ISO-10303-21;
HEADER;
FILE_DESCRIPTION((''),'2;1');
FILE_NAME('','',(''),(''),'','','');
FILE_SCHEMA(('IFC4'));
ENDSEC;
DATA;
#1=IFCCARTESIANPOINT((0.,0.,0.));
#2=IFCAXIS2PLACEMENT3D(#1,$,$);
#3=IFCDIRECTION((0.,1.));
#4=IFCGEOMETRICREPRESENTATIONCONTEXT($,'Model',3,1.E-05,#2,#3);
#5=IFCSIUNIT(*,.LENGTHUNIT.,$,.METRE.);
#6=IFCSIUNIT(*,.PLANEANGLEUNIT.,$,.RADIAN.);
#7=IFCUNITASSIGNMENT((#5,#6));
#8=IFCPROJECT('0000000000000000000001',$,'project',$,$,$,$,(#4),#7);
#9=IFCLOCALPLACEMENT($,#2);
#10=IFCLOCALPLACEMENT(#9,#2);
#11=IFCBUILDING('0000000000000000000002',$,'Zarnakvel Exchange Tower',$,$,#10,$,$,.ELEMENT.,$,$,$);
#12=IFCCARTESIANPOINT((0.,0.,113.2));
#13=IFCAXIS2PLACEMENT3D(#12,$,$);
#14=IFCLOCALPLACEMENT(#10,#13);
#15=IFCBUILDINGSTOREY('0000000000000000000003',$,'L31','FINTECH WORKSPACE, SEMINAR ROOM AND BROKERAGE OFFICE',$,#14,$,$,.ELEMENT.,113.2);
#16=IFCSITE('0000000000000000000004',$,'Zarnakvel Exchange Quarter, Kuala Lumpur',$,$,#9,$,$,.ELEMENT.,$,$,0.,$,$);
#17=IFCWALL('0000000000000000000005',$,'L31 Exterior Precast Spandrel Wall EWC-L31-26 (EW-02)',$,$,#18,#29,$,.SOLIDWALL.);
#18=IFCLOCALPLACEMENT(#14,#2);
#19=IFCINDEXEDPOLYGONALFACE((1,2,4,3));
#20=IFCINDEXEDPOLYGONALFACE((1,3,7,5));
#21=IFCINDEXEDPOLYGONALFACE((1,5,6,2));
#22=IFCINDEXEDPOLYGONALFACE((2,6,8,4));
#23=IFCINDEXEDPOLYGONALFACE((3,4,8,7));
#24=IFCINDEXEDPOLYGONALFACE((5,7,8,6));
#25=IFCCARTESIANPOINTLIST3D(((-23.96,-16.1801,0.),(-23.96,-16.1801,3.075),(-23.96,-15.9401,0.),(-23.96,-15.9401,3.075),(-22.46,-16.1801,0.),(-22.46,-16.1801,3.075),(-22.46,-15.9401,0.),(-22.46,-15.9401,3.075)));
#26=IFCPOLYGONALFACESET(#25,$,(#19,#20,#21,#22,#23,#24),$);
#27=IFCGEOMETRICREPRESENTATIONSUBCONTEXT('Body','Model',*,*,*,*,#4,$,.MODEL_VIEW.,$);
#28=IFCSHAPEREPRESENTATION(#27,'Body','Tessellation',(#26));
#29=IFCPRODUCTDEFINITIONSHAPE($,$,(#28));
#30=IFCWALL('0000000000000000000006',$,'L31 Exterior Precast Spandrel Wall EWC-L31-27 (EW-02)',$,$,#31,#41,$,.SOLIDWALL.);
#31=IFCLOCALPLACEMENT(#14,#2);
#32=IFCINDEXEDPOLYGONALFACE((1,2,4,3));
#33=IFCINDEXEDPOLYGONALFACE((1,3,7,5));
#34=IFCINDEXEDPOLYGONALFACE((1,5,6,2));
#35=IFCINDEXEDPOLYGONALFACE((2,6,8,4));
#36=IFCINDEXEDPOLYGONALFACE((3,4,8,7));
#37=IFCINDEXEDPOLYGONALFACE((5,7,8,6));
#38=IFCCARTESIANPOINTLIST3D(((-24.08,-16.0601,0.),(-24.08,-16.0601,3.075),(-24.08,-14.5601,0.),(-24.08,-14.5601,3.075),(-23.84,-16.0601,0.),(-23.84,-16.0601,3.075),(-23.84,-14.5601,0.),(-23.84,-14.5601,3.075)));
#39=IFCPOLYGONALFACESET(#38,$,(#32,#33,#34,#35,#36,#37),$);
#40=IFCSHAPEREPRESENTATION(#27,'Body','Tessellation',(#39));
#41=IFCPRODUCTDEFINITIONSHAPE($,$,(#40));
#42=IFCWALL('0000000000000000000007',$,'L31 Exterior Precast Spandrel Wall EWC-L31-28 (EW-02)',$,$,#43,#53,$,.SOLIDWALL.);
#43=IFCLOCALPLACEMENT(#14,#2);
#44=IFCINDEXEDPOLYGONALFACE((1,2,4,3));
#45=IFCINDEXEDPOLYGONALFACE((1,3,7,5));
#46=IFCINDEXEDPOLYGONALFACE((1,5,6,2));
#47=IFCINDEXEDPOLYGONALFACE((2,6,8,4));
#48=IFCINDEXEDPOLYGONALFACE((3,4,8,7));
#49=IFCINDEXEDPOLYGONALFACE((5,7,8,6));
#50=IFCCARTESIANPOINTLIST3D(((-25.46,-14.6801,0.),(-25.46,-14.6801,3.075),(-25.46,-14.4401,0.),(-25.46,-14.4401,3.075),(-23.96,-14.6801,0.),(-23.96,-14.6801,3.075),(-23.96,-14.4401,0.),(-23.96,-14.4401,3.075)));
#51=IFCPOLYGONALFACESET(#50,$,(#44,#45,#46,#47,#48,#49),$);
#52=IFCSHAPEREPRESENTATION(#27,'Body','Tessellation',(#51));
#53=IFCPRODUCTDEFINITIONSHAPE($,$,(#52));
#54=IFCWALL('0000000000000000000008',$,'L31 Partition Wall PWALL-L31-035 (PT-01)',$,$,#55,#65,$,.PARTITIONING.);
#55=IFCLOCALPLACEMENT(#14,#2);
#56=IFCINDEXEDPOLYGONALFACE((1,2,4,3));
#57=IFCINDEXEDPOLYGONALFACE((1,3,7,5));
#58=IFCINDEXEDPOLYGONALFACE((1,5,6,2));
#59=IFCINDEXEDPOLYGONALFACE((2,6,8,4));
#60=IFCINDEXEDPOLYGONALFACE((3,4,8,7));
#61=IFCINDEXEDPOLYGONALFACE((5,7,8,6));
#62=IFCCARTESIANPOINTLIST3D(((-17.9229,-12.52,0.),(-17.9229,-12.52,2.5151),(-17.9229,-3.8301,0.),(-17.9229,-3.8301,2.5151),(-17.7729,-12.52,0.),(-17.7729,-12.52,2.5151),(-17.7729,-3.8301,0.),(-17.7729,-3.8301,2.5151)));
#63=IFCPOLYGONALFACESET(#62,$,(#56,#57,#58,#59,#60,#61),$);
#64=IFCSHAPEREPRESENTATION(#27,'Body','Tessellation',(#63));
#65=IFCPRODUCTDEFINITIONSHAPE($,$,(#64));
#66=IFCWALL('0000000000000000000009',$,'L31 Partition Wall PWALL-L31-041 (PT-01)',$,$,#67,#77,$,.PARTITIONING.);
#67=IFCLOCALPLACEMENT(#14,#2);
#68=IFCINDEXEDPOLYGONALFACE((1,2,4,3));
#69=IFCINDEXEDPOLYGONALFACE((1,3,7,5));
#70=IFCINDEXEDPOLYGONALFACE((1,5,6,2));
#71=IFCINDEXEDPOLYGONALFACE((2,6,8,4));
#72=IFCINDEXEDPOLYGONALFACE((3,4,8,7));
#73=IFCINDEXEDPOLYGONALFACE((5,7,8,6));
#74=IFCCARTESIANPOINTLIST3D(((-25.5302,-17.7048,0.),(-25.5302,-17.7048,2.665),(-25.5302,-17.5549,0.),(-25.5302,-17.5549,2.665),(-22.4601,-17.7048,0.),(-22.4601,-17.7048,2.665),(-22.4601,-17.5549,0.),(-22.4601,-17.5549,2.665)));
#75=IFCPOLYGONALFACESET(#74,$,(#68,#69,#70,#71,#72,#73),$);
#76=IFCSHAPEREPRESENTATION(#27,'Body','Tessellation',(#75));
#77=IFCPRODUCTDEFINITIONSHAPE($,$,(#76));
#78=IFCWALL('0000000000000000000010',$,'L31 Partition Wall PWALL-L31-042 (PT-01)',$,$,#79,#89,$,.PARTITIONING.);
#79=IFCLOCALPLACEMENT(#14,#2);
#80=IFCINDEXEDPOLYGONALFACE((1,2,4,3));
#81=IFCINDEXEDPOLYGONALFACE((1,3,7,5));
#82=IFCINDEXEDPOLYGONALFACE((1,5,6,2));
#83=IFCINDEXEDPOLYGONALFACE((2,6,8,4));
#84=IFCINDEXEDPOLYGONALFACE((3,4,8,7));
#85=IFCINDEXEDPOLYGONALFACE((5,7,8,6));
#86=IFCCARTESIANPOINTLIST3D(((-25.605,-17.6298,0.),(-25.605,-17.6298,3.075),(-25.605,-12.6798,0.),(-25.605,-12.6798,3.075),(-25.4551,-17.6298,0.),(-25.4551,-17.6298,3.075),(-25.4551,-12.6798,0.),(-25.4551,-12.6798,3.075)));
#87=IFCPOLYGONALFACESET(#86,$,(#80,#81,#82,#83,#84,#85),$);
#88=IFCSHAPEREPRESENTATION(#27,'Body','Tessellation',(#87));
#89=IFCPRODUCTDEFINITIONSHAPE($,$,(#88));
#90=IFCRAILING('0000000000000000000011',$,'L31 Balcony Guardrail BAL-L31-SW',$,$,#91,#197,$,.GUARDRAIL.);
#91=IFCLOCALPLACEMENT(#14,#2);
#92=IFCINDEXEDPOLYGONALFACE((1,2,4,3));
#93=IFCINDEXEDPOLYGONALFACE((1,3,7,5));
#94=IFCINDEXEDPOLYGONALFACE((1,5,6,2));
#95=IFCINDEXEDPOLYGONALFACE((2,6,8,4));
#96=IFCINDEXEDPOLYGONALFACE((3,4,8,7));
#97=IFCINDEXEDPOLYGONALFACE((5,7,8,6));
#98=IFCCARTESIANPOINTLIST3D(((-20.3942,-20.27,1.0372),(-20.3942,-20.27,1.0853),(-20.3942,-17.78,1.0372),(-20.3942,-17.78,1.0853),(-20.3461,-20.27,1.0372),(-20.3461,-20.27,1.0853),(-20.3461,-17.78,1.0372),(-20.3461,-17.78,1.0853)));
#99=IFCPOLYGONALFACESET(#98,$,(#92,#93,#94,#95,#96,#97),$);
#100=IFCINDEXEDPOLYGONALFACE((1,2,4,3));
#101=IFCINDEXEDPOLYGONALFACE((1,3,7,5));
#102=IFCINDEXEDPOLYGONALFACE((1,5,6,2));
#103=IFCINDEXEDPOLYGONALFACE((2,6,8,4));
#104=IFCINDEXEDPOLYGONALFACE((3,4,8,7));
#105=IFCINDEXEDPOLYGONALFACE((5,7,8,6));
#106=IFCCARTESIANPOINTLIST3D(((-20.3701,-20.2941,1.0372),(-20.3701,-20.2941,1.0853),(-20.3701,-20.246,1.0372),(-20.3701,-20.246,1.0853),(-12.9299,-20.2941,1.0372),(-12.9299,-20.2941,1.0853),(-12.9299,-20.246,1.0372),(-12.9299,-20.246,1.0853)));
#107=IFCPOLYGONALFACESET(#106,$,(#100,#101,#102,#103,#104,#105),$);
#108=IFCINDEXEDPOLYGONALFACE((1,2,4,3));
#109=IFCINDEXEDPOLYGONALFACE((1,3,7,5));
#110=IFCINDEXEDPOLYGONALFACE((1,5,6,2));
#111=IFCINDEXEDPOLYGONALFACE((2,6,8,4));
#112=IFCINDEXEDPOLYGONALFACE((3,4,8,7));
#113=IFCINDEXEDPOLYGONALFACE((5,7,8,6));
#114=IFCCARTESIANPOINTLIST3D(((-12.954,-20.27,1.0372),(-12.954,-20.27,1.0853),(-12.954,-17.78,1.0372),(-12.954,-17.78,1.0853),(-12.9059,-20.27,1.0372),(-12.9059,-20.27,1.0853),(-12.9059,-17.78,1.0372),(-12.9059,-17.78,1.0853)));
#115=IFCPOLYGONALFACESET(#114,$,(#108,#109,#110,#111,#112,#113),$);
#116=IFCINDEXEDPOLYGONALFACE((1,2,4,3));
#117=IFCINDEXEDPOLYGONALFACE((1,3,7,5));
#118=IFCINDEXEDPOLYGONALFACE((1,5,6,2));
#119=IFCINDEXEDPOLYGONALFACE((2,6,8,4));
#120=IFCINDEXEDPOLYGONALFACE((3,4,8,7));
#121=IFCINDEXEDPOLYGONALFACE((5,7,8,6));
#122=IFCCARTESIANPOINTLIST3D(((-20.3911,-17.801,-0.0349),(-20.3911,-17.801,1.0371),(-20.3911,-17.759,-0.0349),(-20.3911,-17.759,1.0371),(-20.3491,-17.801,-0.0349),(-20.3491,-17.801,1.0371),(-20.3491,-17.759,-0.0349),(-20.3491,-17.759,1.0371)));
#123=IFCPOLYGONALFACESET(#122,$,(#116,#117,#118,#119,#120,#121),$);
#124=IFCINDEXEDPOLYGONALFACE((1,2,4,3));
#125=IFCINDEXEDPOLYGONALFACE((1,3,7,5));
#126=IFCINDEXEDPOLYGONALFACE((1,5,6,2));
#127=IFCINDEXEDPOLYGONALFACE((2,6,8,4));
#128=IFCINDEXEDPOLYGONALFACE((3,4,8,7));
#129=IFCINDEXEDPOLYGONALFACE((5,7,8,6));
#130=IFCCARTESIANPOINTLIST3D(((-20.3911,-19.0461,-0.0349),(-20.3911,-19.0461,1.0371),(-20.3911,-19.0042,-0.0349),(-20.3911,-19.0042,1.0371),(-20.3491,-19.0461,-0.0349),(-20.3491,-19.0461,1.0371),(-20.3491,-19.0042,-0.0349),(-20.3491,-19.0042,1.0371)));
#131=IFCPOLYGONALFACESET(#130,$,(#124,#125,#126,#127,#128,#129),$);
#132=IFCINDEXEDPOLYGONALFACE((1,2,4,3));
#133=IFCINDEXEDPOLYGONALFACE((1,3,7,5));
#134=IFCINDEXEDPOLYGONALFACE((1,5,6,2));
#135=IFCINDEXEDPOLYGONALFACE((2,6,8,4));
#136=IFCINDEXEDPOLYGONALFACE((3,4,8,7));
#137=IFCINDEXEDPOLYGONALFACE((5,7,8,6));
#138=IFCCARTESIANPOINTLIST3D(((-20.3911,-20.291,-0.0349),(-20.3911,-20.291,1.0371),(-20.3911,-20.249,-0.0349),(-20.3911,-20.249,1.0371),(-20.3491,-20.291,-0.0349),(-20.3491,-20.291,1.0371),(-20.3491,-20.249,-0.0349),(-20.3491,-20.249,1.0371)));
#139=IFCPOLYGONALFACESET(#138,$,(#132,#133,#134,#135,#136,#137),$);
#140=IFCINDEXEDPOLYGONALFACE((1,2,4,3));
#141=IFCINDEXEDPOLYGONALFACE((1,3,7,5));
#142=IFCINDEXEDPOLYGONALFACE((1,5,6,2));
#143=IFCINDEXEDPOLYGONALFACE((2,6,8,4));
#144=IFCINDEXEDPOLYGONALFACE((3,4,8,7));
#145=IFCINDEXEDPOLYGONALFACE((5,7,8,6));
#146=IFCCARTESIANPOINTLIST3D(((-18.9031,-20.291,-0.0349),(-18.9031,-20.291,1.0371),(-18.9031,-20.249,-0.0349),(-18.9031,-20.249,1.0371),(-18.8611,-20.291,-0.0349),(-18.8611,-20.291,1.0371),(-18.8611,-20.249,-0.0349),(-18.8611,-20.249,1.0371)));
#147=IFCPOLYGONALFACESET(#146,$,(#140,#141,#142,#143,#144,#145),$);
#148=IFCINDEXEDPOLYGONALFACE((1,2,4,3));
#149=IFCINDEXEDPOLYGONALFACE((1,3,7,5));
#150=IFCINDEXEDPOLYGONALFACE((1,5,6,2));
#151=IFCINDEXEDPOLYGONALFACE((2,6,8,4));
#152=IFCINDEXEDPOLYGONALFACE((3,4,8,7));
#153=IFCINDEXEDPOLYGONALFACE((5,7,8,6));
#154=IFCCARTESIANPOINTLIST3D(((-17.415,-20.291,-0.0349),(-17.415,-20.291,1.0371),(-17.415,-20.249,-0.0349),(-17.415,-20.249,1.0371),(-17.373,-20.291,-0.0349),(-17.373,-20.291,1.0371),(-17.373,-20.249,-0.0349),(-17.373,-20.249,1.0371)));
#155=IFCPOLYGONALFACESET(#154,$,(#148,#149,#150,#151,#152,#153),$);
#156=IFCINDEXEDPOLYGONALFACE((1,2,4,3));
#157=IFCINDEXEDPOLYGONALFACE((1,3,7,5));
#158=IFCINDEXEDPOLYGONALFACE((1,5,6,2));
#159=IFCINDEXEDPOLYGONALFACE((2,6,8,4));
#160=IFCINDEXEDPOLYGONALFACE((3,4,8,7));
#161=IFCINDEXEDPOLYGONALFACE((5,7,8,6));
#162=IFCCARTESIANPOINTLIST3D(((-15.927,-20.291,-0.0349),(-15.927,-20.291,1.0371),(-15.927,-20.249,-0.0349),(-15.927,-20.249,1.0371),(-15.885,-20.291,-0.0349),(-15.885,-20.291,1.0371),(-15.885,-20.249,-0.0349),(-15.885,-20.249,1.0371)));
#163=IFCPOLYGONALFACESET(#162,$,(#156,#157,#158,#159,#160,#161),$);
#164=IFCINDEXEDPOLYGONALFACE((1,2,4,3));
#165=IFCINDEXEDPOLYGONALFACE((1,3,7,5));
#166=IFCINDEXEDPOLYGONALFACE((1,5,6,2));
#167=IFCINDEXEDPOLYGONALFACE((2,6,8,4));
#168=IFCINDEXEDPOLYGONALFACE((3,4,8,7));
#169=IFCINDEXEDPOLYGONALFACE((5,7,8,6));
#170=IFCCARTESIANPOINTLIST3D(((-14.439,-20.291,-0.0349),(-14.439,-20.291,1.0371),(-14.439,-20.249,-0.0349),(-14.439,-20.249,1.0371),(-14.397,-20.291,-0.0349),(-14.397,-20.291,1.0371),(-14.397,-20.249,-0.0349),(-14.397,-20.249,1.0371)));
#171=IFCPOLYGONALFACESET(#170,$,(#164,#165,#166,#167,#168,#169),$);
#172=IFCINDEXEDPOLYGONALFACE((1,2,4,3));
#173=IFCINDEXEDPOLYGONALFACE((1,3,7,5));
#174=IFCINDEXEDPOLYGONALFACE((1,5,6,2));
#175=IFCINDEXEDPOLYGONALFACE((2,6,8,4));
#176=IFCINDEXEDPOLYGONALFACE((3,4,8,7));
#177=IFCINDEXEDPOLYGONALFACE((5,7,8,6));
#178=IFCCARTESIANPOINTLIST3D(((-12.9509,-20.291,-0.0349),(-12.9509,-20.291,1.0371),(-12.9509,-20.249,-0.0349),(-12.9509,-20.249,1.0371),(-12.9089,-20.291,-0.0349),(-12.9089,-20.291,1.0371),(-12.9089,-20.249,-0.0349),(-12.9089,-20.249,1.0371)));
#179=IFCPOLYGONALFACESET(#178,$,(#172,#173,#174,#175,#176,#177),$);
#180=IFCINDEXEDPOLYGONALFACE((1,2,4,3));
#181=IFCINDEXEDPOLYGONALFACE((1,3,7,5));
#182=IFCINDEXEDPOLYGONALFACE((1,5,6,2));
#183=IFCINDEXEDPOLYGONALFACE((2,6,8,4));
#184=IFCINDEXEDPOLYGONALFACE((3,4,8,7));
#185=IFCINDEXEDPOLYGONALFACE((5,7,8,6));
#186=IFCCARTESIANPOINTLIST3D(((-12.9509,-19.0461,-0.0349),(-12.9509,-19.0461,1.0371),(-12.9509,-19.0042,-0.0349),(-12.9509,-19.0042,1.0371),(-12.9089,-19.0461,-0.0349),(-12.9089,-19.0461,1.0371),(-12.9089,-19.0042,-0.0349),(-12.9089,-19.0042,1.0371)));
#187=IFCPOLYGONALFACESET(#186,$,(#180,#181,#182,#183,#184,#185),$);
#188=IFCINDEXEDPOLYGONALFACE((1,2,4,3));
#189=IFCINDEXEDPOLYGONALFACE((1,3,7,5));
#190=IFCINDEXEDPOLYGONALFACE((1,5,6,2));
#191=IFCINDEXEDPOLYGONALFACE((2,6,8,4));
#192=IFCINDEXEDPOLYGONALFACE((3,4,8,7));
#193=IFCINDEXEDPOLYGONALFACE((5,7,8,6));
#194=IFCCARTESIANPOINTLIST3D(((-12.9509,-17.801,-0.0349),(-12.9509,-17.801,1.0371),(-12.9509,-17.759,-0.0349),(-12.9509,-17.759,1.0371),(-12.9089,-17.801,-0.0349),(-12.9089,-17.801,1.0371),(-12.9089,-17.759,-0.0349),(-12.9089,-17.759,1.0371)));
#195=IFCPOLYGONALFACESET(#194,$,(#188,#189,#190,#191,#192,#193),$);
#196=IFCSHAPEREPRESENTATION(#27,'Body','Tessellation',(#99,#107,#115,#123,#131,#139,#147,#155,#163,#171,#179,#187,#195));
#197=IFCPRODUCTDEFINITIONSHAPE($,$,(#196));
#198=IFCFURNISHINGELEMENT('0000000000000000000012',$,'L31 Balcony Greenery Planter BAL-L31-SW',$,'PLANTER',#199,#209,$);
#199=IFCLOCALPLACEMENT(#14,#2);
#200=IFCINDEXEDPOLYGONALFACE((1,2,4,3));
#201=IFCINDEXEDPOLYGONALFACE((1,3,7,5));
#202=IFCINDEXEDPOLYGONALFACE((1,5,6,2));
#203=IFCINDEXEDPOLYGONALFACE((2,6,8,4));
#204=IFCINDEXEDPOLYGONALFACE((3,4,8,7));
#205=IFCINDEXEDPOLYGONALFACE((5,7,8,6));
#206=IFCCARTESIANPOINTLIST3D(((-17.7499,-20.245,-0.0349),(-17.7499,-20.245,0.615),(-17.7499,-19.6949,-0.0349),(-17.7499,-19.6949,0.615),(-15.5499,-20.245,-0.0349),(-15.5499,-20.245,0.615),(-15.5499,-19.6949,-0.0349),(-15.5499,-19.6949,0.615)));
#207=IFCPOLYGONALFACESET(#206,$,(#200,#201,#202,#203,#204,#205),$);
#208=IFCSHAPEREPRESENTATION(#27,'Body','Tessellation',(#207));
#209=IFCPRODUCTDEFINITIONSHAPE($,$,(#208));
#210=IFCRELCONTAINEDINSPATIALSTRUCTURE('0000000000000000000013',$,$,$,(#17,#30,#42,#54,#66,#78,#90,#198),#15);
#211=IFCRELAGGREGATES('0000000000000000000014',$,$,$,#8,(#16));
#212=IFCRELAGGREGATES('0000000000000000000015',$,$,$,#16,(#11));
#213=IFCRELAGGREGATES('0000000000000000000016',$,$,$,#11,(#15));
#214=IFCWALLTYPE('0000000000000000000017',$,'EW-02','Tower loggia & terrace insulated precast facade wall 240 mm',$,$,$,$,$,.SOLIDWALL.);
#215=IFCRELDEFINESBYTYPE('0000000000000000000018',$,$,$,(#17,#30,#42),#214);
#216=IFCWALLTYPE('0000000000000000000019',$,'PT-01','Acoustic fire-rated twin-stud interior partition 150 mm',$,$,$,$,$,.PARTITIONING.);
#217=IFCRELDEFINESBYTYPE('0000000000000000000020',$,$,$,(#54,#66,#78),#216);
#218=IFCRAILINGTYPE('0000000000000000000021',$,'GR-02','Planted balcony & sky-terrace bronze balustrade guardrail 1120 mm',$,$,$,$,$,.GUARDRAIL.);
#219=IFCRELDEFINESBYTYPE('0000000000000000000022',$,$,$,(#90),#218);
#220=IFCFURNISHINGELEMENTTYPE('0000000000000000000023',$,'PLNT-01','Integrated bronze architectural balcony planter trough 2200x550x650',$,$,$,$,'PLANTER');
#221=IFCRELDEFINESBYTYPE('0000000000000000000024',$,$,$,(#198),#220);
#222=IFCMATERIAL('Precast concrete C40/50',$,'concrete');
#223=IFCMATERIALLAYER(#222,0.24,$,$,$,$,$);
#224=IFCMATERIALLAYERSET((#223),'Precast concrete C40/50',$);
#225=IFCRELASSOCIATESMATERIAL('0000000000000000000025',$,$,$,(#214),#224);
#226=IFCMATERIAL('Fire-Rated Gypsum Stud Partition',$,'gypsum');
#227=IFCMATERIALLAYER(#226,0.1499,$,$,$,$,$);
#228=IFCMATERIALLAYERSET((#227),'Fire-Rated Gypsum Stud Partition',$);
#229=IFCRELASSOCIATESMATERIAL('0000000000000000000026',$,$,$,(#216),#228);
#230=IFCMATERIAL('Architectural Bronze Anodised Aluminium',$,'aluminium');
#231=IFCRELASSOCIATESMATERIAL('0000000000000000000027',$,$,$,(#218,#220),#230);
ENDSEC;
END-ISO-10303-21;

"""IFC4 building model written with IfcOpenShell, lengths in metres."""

from ifc_helpers import new_model, si_unit, direction, frame, frame_2d, origin, origin_2d, place, context, subcontext, project, spatial, rectangle, extrude, source, transform, mapped, material, layer, layer_set, type_object, element, save


model = new_model("IFC4")

# Units and contexts
model_context = context("Model", 3, precision=1e-05, world=origin(), true_north=direction((0.0, 1.0)))
body_context = subcontext(model_context, "Body", "Model", "MODEL_VIEW")
ifc_project = project(units=[si_unit("LENGTHUNIT", "METRE"), si_unit("PLANEANGLEUNIT", "RADIAN")], contexts=[model_context])

# Site, building, storey
site_placement = place(None, origin())
site = spatial("IfcSite", under=ifc_project, at=site_placement, Name="Zarnakvel Exchange Quarter, Kuala Lumpur", CompositionType="ELEMENT", RefElevation=0.0)
building_placement = place(site_placement, origin())
building = spatial("IfcBuilding", under=site, at=building_placement, Name="Zarnakvel Exchange Tower", CompositionType="ELEMENT")
storey_placement = place(building_placement, frame((0.0, 0.0, 113.2)))
storey = spatial("IfcBuildingStorey", under=building, at=storey_placement, Name="L31", Description="FINTECH WORKSPACE, SEMINAR ROOM AND BROKERAGE OFFICE", CompositionType="ELEMENT", Elevation=113.2)

# Shared definitions
ifc_material_1 = material(Name="Architectural Bronze Anodised Aluminium", Category="aluminium")

# Walls
ifc_material_2 = material(Name="Precast concrete C40/50", Category="concrete")
ifc_layer_1 = layer(ifc_material_2, 0.24)
ifc_layer_set_1 = layer_set([ifc_layer_1], Name="Precast concrete C40/50")
wall_type_1 = type_object("IfcWallType", Name="EW-02", Description="Tower loggia & terrace insulated precast facade wall 240 mm", PredefinedType="SOLIDWALL", material=ifc_layer_set_1)
for number, where, z_axis, x_axis, name in (
    (1, (-23.96, -16.0601, 0.0), (0.0, 0.0, 1.0), (1.0, 0.0, 0.0), "L31 Exterior Precast Spandrel Wall EWC-L31-26 (EW-02)"),
    (2, (-23.96, -14.5601, 0.0), (0.0, 0.0, 1.0), (0.0, -1.0, 0.0), "L31 Exterior Precast Spandrel Wall EWC-L31-27 (EW-02)"),
    (3, (-25.46, -14.5601, 0.0), (0.0, 0.0, 1.0), (1.0, 0.0, 0.0), "L31 Exterior Precast Spandrel Wall EWC-L31-28 (EW-02)"),
):
    element("IfcWall", number, at=place(storey_placement, frame(where, z_axis=z_axis, x_axis=x_axis)), inside=storey, type_object=wall_type_1, Name=name, PredefinedType="SOLIDWALL", context=body_context, shape_type="SweptSolid", body=[
        extrude(rectangle(XDim=1.5, YDim=0.24, at=frame_2d((0.75, 0.0))), origin(), (0.0, 0.0, 1.0), 3.075),
    ])
ifc_material_3 = material(Name="Fire-Rated Gypsum Stud Partition", Category="gypsum")
ifc_layer_2 = layer(ifc_material_3, 0.1499)
ifc_layer_set_2 = layer_set([ifc_layer_2], Name="Fire-Rated Gypsum Stud Partition")
wall_type_2 = type_object("IfcWallType", Name="PT-01", Description="Acoustic fire-rated twin-stud interior partition 150 mm", PredefinedType="PARTITIONING", material=ifc_layer_set_2)
wall_1_placement = place(storey_placement, frame((-17.8479, -12.52, 0.0), z_axis=(0.0, 0.0, 1.0), x_axis=(0.0, 1.0, 0.0)))
element("IfcWall", 4, at=wall_1_placement, inside=storey, type_object=wall_type_2, Name="L31 Partition Wall PWALL-L31-035 (PT-01)", PredefinedType="PARTITIONING", context=body_context, shape_type="SweptSolid", body=[
    extrude(rectangle(XDim=8.6899, YDim=0.1499, at=frame_2d((4.345, 0.0))), origin(), (0.0, 0.0, 1.0), 2.5151),
])
wall_2_placement = place(storey_placement, frame((-22.46, -17.6299, 0.0), z_axis=(0.0, 0.0, 1.0), x_axis=(-1.0, 0.0, 0.0)))
element("IfcWall", 5, at=wall_2_placement, inside=storey, type_object=wall_type_2, Name="L31 Partition Wall PWALL-L31-041 (PT-01)", PredefinedType="PARTITIONING", context=body_context, shape_type="SweptSolid", body=[
    extrude(rectangle(XDim=3.0701, YDim=0.1499, at=frame_2d((1.5352, 0.0))), origin(), (0.0, 0.0, 1.0), 2.665),
])
wall_3_placement = place(storey_placement, frame((-25.53, -17.6299, 0.0), z_axis=(0.0, 0.0, 1.0), x_axis=(0.0, 1.0, 0.0)))
element("IfcWall", 6, at=wall_3_placement, inside=storey, type_object=wall_type_2, Name="L31 Partition Wall PWALL-L31-042 (PT-01)", PredefinedType="PARTITIONING", context=body_context, shape_type="SweptSolid", body=[
    extrude(rectangle(XDim=4.95, YDim=0.1499, at=frame_2d((2.4751, 0.0))), origin(), (0.0, 0.0, 1.0), 3.075),
])

# Railing
railing_type = type_object("IfcRailingType", Name="GR-02", Description="Planted balcony & sky-terrace bronze balustrade guardrail 1120 mm", PredefinedType="GUARDRAIL", material=ifc_material_1)
railing_placement = place(storey_placement, frame((-20.3701, -17.78, -0.0349)))
element("IfcRailing", 7, at=railing_placement, inside=storey, type_object=railing_type, Name="L31 Balcony Guardrail BAL-L31-SW", PredefinedType="GUARDRAIL", context=body_context, shape_type="SweptSolid", body=[
    extrude(rectangle(XDim=0.0481, YDim=0.0481, at=origin_2d()), frame((0.0, 0.0, 1.0962), z_axis=(0.0, -1.0, 0.0), x_axis=(1.0, 0.0, 0.0)), (0.0, 0.0, 1.0), 2.49),
    extrude(rectangle(XDim=0.0481, YDim=0.0481, at=origin_2d()), frame((0.0, -2.49, 1.0962), z_axis=(1.0, 0.0, 0.0), x_axis=(0.0, 1.0, 0.0)), (0.0, 0.0, 1.0), 7.4402),
    extrude(rectangle(XDim=0.0481, YDim=0.0481, at=origin_2d()), frame((7.4402, -2.49, 1.0962), z_axis=(0.0, 1.0, 0.0), x_axis=(-1.0, 0.0, 0.0)), (0.0, 0.0, 1.0), 2.49),
    extrude(rectangle(XDim=0.042, YDim=0.042, at=origin_2d()), origin(), (0.0, 0.0, 1.0), 1.072),
    extrude(rectangle(XDim=0.042, YDim=0.042, at=origin_2d()), frame((0.0, -1.2451, 0.0)), (0.0, 0.0, 1.0), 1.072),
    extrude(rectangle(XDim=0.042, YDim=0.042, at=origin_2d()), frame((0.0, -2.49, 0.0)), (0.0, 0.0, 1.0), 1.072),
    extrude(rectangle(XDim=0.042, YDim=0.042, at=origin_2d()), frame((1.488, -2.49, 0.0)), (0.0, 0.0, 1.0), 1.072),
    extrude(rectangle(XDim=0.042, YDim=0.042, at=origin_2d()), frame((2.9761, -2.49, 0.0)), (0.0, 0.0, 1.0), 1.072),
    extrude(rectangle(XDim=0.042, YDim=0.042, at=origin_2d()), frame((4.4641, -2.49, 0.0)), (0.0, 0.0, 1.0), 1.072),
    extrude(rectangle(XDim=0.042, YDim=0.042, at=origin_2d()), frame((5.9521, -2.49, 0.0)), (0.0, 0.0, 1.0), 1.072),
    extrude(rectangle(XDim=0.042, YDim=0.042, at=origin_2d()), frame((7.4402, -2.49, 0.0)), (0.0, 0.0, 1.0), 1.072),
    extrude(rectangle(XDim=0.042, YDim=0.042, at=origin_2d()), frame((7.4402, -1.2451, 0.0)), (0.0, 0.0, 1.0), 1.072),
    extrude(rectangle(XDim=0.042, YDim=0.042, at=origin_2d()), frame((7.4402, 0.0, 0.0)), (0.0, 0.0, 1.0), 1.072),
])

# Furnishing element
furnishing_element_type = type_object("IfcFurnishingElementType", Name="PLNT-01", Description="Integrated bronze architectural balcony planter trough 2200x550x650", ElementType="PLANTER", material=ifc_material_1)
shared_shape_1 = source(origin(), body_context, "Body", "SweptSolid", [
    extrude(rectangle(XDim=2.2, YDim=0.55, at=origin_2d()), origin(), (0.0, 0.0, 1.0), 0.6499),
])
furnishing_placement = place(storey_placement, frame((-16.6499, -19.97, -0.0349), z_axis=(0.0, 0.0, 1.0), x_axis=(1.0, 0.0, 0.0)))
element("IfcFurnishingElement", 8, at=furnishing_placement, inside=storey, type_object=furnishing_element_type, Name="L31 Balcony Greenery Planter BAL-L31-SW", ObjectType="PLANTER", context=body_context, shape_type="MappedRepresentation", body=[
    mapped(shared_shape_1, transform((0.0, 0.0, 0.0), x_axis=(1.0, 0.0, 0.0), y_axis=(0.0, 1.0, 0.0), z_axis=(0.0, 0.0, 1.0), scale=1.0)),
])

save(model, "model.ifc")
